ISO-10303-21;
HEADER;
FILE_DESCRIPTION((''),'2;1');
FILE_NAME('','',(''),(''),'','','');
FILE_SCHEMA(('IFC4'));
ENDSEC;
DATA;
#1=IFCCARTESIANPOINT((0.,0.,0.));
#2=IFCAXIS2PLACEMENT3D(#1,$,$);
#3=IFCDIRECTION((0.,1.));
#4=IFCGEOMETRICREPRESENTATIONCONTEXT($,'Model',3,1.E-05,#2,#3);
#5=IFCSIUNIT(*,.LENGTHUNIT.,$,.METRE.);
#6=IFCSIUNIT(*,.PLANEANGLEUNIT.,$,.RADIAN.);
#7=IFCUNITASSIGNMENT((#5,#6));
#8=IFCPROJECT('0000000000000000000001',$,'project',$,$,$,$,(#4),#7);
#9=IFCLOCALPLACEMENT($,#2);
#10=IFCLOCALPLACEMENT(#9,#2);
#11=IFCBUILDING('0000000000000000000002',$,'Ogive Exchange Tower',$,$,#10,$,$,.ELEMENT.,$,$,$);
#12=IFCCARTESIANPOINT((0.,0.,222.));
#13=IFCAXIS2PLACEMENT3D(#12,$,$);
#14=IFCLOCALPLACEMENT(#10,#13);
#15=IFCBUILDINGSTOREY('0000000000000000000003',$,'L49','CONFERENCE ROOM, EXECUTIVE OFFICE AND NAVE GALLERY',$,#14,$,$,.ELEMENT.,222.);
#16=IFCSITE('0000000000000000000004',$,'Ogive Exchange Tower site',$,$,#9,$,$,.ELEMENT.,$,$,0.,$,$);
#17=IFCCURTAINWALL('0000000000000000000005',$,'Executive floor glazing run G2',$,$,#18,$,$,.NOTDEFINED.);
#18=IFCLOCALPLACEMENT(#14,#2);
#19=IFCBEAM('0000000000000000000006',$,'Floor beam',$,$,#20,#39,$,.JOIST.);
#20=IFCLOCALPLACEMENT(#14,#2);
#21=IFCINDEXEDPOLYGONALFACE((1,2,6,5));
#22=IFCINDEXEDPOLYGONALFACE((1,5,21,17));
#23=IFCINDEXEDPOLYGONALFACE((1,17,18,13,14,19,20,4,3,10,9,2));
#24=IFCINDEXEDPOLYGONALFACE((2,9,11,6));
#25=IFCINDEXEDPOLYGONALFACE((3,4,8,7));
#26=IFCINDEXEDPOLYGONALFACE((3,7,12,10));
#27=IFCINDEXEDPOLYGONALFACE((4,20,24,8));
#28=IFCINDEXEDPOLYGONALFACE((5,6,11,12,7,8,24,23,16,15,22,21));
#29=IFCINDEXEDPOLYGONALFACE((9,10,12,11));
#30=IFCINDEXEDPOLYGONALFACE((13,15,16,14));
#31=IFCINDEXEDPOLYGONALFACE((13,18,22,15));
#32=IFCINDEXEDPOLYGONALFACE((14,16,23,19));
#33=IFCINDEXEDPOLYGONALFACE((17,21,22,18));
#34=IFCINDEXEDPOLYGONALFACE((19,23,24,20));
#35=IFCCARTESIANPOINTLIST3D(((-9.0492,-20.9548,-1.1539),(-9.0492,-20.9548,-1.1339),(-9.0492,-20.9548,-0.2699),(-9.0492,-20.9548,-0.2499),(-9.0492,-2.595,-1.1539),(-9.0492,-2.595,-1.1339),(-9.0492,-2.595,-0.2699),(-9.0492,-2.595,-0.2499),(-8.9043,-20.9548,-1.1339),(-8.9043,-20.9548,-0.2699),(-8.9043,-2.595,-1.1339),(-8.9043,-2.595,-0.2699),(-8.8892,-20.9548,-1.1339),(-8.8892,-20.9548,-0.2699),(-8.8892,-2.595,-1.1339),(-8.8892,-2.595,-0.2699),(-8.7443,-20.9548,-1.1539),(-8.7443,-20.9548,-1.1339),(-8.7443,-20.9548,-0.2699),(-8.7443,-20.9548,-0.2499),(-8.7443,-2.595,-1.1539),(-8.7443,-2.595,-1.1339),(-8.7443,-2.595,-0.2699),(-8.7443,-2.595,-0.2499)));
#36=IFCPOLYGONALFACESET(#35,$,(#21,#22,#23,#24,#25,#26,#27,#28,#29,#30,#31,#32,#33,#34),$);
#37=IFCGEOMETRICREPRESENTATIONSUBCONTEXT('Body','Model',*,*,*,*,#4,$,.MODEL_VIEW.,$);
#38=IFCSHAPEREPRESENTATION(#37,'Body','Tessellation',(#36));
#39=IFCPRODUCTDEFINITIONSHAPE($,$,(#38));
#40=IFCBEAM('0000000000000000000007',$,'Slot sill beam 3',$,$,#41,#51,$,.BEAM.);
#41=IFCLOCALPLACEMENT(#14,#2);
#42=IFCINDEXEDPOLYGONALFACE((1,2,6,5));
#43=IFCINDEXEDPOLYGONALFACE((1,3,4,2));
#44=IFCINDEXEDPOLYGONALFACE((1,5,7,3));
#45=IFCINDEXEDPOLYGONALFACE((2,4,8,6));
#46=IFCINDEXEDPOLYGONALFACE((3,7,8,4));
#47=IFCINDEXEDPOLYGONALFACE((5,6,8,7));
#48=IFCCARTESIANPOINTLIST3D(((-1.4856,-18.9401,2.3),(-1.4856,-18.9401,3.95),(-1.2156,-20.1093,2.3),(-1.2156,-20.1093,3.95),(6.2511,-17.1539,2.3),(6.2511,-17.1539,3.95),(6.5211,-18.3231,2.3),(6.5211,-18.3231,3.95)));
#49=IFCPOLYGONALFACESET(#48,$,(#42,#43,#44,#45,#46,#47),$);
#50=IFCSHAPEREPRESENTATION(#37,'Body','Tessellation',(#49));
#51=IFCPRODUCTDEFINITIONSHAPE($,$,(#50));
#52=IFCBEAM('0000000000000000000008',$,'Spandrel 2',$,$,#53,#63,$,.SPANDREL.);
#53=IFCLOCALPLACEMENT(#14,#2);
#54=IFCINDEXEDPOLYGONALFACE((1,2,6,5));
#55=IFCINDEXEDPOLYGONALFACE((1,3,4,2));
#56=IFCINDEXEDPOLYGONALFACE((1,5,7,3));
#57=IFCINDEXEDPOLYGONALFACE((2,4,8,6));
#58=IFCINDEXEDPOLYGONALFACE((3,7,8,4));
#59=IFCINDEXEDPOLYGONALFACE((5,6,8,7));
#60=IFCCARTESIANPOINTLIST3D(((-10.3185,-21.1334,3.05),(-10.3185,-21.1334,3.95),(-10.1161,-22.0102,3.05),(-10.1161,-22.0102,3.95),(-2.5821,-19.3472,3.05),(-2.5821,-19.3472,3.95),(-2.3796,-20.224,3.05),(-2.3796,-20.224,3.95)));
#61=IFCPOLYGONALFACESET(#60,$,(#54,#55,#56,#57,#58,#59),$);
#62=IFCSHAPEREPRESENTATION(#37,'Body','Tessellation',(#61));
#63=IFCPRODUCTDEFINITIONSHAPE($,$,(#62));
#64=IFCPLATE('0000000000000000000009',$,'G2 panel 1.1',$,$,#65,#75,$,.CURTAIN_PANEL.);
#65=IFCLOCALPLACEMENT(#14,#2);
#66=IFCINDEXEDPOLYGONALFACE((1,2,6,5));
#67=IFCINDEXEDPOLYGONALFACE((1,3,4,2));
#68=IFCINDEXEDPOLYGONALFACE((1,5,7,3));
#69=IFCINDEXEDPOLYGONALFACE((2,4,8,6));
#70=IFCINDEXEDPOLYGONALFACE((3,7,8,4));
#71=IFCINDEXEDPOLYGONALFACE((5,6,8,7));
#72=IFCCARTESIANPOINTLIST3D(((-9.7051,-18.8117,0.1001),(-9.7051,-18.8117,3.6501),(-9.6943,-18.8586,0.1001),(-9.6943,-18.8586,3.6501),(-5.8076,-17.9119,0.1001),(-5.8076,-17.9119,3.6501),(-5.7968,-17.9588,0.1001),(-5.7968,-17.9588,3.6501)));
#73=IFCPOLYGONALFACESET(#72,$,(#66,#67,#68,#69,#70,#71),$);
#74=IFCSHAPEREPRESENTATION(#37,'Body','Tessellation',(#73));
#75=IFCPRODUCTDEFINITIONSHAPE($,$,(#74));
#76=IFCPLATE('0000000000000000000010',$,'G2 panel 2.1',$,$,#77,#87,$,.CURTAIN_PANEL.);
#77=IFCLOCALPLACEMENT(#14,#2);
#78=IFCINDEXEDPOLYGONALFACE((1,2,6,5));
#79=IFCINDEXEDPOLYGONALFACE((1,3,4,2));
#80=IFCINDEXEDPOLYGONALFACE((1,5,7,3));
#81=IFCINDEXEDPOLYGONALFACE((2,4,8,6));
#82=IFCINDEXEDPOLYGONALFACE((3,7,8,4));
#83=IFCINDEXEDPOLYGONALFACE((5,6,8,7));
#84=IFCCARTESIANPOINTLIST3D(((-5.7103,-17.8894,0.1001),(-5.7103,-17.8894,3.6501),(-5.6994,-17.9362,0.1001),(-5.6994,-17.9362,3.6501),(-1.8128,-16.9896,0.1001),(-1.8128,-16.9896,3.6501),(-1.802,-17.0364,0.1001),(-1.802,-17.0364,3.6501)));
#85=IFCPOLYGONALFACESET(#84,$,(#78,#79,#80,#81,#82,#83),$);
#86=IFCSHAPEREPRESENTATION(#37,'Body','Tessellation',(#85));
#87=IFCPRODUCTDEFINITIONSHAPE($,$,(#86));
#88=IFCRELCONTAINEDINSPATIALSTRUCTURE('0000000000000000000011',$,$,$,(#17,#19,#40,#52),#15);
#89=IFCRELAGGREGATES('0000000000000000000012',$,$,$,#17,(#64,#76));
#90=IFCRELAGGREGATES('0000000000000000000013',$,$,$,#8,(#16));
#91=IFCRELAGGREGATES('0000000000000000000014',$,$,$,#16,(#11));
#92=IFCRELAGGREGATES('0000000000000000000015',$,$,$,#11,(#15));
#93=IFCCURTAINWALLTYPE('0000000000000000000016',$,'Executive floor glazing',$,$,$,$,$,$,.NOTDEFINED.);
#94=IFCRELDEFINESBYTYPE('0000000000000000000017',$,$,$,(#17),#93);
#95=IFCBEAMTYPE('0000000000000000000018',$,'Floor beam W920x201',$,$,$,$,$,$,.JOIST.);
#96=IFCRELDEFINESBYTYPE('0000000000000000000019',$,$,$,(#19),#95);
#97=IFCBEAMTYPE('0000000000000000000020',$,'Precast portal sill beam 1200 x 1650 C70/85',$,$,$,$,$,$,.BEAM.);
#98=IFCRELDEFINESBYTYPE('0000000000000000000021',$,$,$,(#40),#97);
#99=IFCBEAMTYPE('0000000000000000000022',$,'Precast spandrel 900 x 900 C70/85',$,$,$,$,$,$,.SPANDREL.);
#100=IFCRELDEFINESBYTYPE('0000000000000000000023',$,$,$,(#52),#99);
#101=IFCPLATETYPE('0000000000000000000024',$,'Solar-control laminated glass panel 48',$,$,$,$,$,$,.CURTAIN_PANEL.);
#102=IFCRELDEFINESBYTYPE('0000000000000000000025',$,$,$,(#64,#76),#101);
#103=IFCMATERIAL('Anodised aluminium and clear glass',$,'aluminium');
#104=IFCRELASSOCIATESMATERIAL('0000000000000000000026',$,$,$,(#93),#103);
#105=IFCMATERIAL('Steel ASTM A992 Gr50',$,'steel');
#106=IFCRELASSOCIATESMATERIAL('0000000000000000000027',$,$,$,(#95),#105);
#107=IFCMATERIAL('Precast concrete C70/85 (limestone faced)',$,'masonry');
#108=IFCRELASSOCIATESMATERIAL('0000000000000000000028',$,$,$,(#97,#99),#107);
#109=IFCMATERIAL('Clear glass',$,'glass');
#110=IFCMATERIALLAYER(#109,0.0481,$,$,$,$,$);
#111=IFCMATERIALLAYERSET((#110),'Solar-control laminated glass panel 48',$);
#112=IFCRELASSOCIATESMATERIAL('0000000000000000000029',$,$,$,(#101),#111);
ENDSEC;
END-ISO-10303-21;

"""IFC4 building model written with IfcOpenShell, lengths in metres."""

from ifc_helpers import new_model, si_unit, direction, frame, origin, origin_2d, place, context, subcontext, project, spatial, rectangle, i_section, extrude, material, layer, layer_set, material_profile, profile_set, type_object, element, aggregate, save


model = new_model("IFC4")

# Units and contexts
model_context = context("Model", 3, precision=1e-05, world=origin(), true_north=direction((0.0, 1.0)))
body_context = subcontext(model_context, "Body", "Model", "MODEL_VIEW")
ifc_project = project(units=[si_unit("LENGTHUNIT", "METRE"), si_unit("PLANEANGLEUNIT", "RADIAN")], contexts=[model_context])

# Site, building, storey
site_placement = place(None, origin())
site = spatial("IfcSite", under=ifc_project, at=site_placement, Name="Ogive Exchange Tower site", CompositionType="ELEMENT", RefElevation=0.0)
building_placement = place(site_placement, origin())
building = spatial("IfcBuilding", under=site, at=building_placement, Name="Ogive Exchange Tower", CompositionType="ELEMENT")
storey_placement = place(building_placement, frame((0.0, 0.0, 222.0)))
storey = spatial("IfcBuildingStorey", under=building, at=storey_placement, Name="L49", Description="CONFERENCE ROOM, EXECUTIVE OFFICE AND NAVE GALLERY", CompositionType="ELEMENT", Elevation=222.0)

# Shared definitions
ifc_material_1 = material(Name="Precast concrete C70/85 (limestone faced)", Category="masonry")

# Curtain wall
ifc_material_2 = material(Name="Anodised aluminium and clear glass", Category="aluminium")
curtain_wall_type = type_object("IfcCurtainWallType", Name="Executive floor glazing", PredefinedType="NOTDEFINED", material=ifc_material_2)
curtain_wall_1_placement = place(storey_placement, origin())
curtain_wall_1 = element("IfcCurtainWall", 1, at=curtain_wall_1_placement, inside=storey, type_object=curtain_wall_type, Name="Executive floor glazing run G2", PredefinedType="NOTDEFINED")

# Beams
ifc_material_3 = material(Name="Steel ASTM A992 Gr50", Category="steel")
ifc_material_profile_1 = material_profile(ifc_material_3, i_section(OverallWidth=0.3049, OverallDepth=0.9041, WebThickness=0.0151, FlangeThickness=0.02, at=origin_2d()), Name="W920x201")
ifc_profile_set_1 = profile_set([ifc_material_profile_1], Name="Steel ASTM A992 Gr50")
beam_type_1 = type_object("IfcBeamType", Name="Floor beam W920x201", PredefinedType="JOIST", material=ifc_profile_set_1)
beam_1_placement = place(storey_placement, frame((-8.8967, -20.9548, -0.7019), z_axis=(0.0, 1.0, 0.0), x_axis=(-1.0, 0.0, 0.0)))
element("IfcBeam", 2, at=beam_1_placement, inside=storey, type_object=beam_type_1, Name="Floor beam", PredefinedType="JOIST", context=body_context, shape_type="SweptSolid", body=[
    extrude(i_section(OverallWidth=0.3049, OverallDepth=0.9041, WebThickness=0.0151, FlangeThickness=0.02, at=origin_2d()), origin(), (0.0, 0.0, 1.0), 18.3599),
])
ifc_material_profile_2 = material_profile(ifc_material_1, rectangle(XDim=1.2, YDim=1.6499, at=origin_2d()), Name="1200 x 1650")
ifc_profile_set_2 = profile_set([ifc_material_profile_2], Name="Precast concrete C70/85 (limestone faced)")
beam_type_2 = type_object("IfcBeamType", Name="Precast portal sill beam 1200 x 1650 C70/85", PredefinedType="BEAM", material=ifc_profile_set_2)
beam_2_placement = place(storey_placement, frame((-1.3506, -19.5247, 3.125), z_axis=(0.97437, 0.224952, 0.0), x_axis=(-0.224952, 0.97437, 0.0)))
element("IfcBeam", 3, at=beam_2_placement, inside=storey, type_object=beam_type_2, Name="Slot sill beam 3", PredefinedType="BEAM", context=body_context, shape_type="SweptSolid", body=[
    extrude(rectangle(XDim=1.2, YDim=1.6499, at=origin_2d()), origin(), (0.0, 0.0, 1.0), 7.9402),
])
ifc_material_profile_3 = material_profile(ifc_material_1, rectangle(XDim=0.8999, YDim=0.8999, at=origin_2d()), Name="900 x 900")
ifc_profile_set_3 = profile_set([ifc_material_profile_3], Name="Precast concrete C70/85 (limestone faced)")
beam_type_3 = type_object("IfcBeamType", Name="Precast spandrel 900 x 900 C70/85", PredefinedType="SPANDREL", material=ifc_profile_set_3)
beam_3_placement = place(storey_placement, frame((-10.2173, -21.5718, 3.5), z_axis=(0.974368, 0.224958, 0.0), x_axis=(-0.224958, 0.974368, 0.0)))
element("IfcBeam", 4, at=beam_3_placement, inside=storey, type_object=beam_type_3, Name="Spandrel 2", PredefinedType="SPANDREL", context=body_context, shape_type="SweptSolid", body=[
    extrude(rectangle(XDim=0.8999, YDim=0.8999, at=origin_2d()), origin(), (0.0, 0.0, 1.0), 7.9399),
])

# Plates
ifc_material_4 = material(Name="Clear glass", Category="glass")
ifc_layer = layer(ifc_material_4, 0.0481)
ifc_layer_set = layer_set([ifc_layer], Name="Solar-control laminated glass panel 48")
plate_type = type_object("IfcPlateType", Name="Solar-control laminated glass panel 48", PredefinedType="CURTAIN_PANEL", material=ifc_layer_set)
plate_1_placement = place(storey_placement, frame((-7.751, -18.3853, 0.1001), z_axis=(0.0, 0.0, 1.0), x_axis=(0.97437, 0.224951, 0.0)))
plate_1 = element("IfcPlate", 5, at=plate_1_placement, type_object=plate_type, Name="G2 panel 1.1", PredefinedType="CURTAIN_PANEL", context=body_context, shape_type="SweptSolid", body=[
    extrude(rectangle(XDim=4.0, YDim=0.0481, at=origin_2d()), origin(), (0.0, 0.0, 1.0), 3.55),
])
plate_2_placement = place(storey_placement, frame((-3.7561, -17.4629, 0.1001), z_axis=(0.0, 0.0, 1.0), x_axis=(0.97437, 0.224951, 0.0)))
plate_2 = element("IfcPlate", 6, at=plate_2_placement, type_object=plate_type, Name="G2 panel 2.1", PredefinedType="CURTAIN_PANEL", context=body_context, shape_type="SweptSolid", body=[
    extrude(rectangle(XDim=4.0, YDim=0.0481, at=origin_2d()), origin(), (0.0, 0.0, 1.0), 3.55),
])
aggregate(curtain_wall_1, [plate_1, plate_2])

save(model, "model.ifc")
